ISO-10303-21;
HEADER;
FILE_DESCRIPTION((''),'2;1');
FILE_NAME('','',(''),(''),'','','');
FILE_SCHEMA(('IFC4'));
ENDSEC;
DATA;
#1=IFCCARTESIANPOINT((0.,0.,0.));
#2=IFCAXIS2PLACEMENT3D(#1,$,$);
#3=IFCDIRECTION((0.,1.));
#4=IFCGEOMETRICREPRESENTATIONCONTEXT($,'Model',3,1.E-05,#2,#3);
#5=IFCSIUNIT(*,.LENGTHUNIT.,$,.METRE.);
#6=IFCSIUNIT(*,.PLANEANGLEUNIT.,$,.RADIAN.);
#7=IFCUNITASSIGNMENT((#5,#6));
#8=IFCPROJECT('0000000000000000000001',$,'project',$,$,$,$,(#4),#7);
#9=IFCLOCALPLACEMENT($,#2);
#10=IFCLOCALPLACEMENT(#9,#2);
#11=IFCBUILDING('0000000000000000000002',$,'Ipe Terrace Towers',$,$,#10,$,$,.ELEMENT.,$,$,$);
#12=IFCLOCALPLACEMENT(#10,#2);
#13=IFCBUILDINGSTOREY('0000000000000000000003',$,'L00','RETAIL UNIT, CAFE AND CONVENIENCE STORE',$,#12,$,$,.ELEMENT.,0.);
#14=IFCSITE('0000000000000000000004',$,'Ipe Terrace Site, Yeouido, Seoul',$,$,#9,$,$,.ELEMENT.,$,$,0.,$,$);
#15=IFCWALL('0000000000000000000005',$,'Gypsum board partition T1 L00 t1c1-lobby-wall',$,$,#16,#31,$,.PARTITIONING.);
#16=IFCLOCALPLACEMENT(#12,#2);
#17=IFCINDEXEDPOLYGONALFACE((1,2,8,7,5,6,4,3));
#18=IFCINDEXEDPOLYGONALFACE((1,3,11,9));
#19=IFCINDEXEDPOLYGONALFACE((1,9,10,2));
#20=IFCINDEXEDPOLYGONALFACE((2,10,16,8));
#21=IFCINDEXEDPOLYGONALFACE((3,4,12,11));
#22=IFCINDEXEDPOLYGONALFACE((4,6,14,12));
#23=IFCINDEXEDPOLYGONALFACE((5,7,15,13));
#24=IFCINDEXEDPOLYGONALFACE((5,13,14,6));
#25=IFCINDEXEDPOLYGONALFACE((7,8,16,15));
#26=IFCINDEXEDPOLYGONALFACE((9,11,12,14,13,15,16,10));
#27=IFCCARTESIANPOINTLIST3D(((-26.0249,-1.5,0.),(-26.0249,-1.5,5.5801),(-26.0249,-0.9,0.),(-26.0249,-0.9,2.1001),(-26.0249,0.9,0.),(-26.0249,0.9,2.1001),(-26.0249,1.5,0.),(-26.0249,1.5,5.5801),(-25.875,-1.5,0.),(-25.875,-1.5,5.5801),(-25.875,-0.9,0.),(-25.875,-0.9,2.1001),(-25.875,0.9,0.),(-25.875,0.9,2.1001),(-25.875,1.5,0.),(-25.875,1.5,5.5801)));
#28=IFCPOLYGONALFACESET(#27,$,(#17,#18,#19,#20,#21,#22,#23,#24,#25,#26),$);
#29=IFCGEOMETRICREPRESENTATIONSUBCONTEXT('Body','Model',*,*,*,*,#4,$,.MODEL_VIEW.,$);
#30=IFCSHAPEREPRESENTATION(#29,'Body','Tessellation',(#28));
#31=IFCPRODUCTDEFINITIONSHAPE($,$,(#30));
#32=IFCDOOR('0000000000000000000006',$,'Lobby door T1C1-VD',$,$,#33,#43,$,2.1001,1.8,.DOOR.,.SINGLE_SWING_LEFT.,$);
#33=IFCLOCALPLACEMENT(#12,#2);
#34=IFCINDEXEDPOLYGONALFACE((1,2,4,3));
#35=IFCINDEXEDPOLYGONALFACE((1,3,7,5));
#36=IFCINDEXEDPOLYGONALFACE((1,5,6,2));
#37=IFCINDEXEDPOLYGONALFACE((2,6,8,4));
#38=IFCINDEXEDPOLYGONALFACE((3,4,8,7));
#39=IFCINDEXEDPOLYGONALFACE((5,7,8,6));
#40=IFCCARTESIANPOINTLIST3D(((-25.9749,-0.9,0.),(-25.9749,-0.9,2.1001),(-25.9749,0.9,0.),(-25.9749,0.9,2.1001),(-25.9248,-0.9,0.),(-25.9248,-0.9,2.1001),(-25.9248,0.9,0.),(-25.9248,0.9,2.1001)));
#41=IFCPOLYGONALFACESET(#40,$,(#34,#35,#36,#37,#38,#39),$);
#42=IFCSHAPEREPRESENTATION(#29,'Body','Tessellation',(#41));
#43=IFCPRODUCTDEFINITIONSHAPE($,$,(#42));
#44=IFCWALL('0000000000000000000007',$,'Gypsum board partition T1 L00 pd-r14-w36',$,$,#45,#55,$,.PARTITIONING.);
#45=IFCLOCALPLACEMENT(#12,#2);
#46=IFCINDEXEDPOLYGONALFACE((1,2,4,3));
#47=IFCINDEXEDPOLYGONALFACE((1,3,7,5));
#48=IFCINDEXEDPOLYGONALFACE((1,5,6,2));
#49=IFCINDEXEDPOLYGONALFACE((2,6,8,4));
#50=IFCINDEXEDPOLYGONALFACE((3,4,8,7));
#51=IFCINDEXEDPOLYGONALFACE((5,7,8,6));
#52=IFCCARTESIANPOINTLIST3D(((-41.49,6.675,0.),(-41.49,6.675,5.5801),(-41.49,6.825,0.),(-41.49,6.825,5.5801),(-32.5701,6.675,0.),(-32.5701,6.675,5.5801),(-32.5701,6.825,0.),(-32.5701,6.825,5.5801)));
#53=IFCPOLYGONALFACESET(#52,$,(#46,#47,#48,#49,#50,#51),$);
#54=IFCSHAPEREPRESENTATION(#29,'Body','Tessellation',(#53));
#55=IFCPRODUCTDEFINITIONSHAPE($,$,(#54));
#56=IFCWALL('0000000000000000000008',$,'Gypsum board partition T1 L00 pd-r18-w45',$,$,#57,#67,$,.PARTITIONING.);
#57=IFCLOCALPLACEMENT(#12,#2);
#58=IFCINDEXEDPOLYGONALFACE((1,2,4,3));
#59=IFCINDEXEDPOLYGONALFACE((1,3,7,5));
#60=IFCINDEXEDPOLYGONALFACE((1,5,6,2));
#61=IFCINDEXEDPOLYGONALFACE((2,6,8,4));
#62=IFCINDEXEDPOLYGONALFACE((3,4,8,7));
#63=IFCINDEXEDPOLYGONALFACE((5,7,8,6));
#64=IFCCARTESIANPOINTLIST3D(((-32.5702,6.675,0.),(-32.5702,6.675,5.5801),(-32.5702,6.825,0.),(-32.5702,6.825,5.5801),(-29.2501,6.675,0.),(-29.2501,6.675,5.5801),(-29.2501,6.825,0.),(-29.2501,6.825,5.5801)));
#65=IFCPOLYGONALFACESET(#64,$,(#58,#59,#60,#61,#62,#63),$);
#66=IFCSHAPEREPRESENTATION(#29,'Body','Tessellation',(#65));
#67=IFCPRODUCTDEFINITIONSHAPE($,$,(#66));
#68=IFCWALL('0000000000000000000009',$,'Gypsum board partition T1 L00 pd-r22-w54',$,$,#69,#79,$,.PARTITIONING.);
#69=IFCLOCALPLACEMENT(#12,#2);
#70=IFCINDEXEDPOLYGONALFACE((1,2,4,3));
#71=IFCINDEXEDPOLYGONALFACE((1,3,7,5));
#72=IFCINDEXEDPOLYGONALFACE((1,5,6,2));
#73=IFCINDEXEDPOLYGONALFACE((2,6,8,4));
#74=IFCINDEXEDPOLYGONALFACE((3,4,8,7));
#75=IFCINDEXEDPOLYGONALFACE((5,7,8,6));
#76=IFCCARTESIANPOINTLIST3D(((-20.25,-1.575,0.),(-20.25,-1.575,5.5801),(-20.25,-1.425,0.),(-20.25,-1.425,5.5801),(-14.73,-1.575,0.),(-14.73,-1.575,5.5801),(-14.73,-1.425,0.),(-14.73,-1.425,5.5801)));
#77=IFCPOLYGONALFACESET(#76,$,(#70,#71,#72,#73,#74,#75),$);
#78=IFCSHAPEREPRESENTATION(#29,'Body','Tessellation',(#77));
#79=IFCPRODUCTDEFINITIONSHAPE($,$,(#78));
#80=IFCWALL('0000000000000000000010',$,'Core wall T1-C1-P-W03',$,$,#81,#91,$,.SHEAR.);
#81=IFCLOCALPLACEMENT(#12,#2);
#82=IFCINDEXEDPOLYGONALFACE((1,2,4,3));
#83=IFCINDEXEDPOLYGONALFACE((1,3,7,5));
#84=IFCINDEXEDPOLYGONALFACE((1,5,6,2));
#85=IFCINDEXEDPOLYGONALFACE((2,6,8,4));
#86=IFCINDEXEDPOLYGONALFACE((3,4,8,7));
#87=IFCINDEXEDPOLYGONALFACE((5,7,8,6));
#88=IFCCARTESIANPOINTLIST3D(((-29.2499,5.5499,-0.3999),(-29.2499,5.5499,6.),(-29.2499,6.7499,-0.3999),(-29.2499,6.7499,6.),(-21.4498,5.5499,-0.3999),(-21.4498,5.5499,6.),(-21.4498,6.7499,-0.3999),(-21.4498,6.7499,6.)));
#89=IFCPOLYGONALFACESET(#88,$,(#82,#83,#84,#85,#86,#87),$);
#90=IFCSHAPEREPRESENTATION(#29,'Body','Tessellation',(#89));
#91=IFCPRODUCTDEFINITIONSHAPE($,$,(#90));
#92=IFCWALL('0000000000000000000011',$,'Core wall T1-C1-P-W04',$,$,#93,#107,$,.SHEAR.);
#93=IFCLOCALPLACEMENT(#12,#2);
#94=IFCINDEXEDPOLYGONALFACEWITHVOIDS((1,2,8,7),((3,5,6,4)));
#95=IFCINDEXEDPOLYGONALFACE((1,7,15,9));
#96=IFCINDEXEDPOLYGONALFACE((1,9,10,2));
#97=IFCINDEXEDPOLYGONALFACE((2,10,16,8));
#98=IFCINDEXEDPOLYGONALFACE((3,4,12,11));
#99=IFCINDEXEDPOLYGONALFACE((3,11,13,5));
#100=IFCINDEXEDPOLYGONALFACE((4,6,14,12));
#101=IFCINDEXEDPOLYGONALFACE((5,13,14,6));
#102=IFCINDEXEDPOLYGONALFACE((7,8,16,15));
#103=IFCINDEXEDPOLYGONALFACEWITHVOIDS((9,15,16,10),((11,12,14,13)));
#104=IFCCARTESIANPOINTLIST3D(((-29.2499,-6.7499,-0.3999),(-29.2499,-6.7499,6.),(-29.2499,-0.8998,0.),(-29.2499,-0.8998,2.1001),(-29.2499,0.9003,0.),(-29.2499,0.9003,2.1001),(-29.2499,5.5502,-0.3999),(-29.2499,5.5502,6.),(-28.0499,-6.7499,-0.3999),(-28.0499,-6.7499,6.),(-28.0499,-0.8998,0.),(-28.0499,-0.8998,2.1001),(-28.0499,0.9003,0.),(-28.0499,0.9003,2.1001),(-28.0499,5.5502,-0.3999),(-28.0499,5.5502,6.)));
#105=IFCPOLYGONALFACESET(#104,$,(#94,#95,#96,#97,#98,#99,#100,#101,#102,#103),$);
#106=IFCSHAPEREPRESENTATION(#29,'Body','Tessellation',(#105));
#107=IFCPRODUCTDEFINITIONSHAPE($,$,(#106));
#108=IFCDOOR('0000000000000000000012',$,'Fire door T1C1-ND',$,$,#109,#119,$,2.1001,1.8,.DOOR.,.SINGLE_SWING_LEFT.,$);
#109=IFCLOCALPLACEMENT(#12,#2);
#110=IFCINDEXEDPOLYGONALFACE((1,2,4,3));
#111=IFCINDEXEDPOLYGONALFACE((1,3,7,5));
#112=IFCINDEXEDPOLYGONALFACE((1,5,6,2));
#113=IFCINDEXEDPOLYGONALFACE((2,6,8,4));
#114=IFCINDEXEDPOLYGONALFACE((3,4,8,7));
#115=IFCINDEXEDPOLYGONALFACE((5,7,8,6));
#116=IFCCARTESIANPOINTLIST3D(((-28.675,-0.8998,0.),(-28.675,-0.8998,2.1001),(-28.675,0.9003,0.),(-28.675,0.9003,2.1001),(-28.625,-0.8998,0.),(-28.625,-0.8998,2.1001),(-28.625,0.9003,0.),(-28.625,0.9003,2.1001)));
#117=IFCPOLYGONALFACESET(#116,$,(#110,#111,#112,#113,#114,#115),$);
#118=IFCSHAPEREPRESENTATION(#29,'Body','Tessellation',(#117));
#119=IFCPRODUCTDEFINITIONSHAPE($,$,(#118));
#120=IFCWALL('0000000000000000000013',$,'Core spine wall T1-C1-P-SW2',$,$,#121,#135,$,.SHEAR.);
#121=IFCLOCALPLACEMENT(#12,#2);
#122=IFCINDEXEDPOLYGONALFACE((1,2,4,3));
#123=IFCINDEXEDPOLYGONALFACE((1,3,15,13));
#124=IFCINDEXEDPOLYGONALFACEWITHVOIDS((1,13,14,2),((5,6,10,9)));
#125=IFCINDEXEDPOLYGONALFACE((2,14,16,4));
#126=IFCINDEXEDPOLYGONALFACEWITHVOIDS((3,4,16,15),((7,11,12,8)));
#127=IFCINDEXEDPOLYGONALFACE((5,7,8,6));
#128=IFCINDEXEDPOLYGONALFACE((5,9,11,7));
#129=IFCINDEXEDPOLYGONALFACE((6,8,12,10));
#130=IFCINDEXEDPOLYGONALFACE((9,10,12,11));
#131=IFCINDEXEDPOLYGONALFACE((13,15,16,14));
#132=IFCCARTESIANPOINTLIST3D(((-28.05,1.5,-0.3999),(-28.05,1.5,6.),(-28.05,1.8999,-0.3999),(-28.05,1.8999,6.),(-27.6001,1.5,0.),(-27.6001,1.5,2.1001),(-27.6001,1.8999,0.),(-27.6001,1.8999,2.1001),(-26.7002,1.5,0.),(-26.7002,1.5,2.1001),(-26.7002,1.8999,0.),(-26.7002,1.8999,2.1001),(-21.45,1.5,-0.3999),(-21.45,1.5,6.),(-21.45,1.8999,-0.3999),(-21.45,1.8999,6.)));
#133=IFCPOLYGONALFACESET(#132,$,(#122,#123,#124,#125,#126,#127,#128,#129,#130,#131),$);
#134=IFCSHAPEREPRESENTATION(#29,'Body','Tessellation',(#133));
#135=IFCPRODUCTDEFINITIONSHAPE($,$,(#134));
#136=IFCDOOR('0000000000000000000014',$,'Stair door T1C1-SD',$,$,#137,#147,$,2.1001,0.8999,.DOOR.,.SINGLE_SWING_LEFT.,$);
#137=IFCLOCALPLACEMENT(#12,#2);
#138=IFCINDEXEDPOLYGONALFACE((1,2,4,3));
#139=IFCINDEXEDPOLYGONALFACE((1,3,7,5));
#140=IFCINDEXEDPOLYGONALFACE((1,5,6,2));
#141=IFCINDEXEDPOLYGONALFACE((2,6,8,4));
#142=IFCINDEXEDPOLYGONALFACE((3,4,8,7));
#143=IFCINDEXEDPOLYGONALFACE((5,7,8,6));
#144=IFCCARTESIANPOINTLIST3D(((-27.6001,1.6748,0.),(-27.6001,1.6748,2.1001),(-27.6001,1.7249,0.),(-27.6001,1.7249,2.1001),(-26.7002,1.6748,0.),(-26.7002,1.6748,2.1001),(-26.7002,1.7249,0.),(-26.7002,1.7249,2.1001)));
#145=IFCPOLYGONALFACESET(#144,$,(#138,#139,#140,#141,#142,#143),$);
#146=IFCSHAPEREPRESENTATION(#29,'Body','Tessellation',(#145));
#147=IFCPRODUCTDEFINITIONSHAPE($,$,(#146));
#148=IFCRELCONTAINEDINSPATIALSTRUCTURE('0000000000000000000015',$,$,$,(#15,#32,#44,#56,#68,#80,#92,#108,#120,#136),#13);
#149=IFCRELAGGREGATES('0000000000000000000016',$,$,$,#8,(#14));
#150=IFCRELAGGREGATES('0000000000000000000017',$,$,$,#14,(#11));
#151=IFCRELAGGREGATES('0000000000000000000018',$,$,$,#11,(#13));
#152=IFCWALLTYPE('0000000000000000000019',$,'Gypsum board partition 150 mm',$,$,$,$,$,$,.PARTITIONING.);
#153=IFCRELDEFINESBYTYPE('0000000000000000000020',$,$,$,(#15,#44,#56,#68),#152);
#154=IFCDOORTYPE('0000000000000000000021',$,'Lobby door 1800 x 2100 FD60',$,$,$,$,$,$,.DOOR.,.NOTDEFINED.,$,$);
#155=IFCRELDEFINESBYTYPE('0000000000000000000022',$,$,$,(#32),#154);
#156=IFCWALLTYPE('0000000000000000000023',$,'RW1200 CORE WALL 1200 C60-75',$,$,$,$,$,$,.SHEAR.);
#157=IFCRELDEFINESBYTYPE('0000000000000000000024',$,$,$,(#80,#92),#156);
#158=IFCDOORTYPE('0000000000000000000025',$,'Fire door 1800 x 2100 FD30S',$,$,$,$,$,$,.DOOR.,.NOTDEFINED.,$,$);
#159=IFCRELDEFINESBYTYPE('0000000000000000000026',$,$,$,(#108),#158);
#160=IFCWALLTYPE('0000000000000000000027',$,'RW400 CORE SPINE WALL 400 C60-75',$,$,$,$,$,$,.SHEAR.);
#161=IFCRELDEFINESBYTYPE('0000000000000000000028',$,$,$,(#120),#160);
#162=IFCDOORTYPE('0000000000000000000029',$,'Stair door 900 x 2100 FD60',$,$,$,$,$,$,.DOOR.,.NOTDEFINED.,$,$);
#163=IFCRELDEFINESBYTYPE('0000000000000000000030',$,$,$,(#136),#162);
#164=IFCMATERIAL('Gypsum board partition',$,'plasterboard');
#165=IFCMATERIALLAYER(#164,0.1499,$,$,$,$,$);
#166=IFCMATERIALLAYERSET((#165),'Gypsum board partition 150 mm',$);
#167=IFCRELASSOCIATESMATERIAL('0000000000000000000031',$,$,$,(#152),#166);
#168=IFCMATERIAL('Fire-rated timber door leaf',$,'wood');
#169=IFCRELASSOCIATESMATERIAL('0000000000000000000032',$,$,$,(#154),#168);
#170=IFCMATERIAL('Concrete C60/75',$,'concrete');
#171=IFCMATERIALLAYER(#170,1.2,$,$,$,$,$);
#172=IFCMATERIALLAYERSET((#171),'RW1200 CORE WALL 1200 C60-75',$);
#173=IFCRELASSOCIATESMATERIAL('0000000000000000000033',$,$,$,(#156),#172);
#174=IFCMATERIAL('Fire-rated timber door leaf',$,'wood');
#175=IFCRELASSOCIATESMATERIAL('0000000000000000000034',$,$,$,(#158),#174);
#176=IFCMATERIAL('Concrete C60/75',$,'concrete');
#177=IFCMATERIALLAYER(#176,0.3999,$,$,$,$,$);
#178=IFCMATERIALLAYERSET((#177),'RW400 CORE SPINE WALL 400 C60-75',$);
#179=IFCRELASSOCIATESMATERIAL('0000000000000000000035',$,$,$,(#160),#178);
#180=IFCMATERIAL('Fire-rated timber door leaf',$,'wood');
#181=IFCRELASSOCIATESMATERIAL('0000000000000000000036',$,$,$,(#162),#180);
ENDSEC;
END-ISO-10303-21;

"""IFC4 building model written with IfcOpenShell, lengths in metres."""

from ifc_helpers import new_model, si_unit, direction, frame, frame_2d, origin, place, context, subcontext, project, spatial, rectangle, extrude, material, layer, layer_set, type_object, element, fill, save


model = new_model("IFC4")

# Units and contexts
model_context = context("Model", 3, precision=1e-05, world=origin(), true_north=direction((0.0, 1.0)))
body_context = subcontext(model_context, "Body", "Model", "MODEL_VIEW")
ifc_project = project(units=[si_unit("LENGTHUNIT", "METRE"), si_unit("PLANEANGLEUNIT", "RADIAN")], contexts=[model_context])

# Site, building, storey
site_placement = place(None, origin())
site = spatial("IfcSite", under=ifc_project, at=site_placement, Name="Ipe Terrace Site, Yeouido, Seoul", CompositionType="ELEMENT", RefElevation=0.0)
building_placement = place(site_placement, origin())
building = spatial("IfcBuilding", under=site, at=building_placement, Name="Ipe Terrace Towers", CompositionType="ELEMENT")
storey_placement = place(building_placement, origin())
storey = spatial("IfcBuildingStorey", under=building, at=storey_placement, Name="L00", Description="RETAIL UNIT, CAFE AND CONVENIENCE STORE", CompositionType="ELEMENT", Elevation=0.0)

# Wall, opening, door
ifc_material_1 = material(Name="Gypsum board partition", Category="plasterboard")
ifc_layer_1 = layer(ifc_material_1, 0.1499)
ifc_layer_set_1 = layer_set([ifc_layer_1], Name="Gypsum board partition 150 mm")
wall_type_1 = type_object("IfcWallType", Name="Gypsum board partition 150 mm", PredefinedType="PARTITIONING", material=ifc_layer_set_1)
wall_1_placement = place(storey_placement, frame((-25.95, -1.5, 0.0), z_axis=(0.0, 0.0, 1.0), x_axis=(0.0, 1.0, 0.0)))
wall_1 = element("IfcWall", 1, at=wall_1_placement, inside=storey, type_object=wall_type_1, Name="Gypsum board partition T1 L00 t1c1-lobby-wall", PredefinedType="PARTITIONING", context=body_context, shape_type="SweptSolid", body=[
    extrude(rectangle(XDim=3.0, YDim=0.1499, at=frame_2d((1.5, 0.0))), origin(), (0.0, 0.0, 1.0), 5.5801),
])
opening_1_placement = place(wall_1_placement, frame((0.6001, 0.0, 0.0)))
opening_1 = element("IfcOpeningElement", 2, at=opening_1_placement, cuts=wall_1, PredefinedType="OPENING", context=body_context, shape_type="SweptSolid", body=[
    extrude(rectangle(XDim=1.8, YDim=2.1001, at=frame_2d((0.8999, 1.05))), frame((0.0, 0.085, 0.0), z_axis=(0.0, -1.0, 0.0), x_axis=(1.0, 0.0, 0.0)), (0.0, 0.0, 1.0), 0.1699),
])
ifc_material_2 = material(Name="Fire-rated timber door leaf", Category="wood")
door_type_1 = type_object("IfcDoorType", Name="Lobby door 1800 x 2100 FD60", OperationType="NOTDEFINED", PredefinedType="DOOR", material=ifc_material_2)
door_1_placement = place(opening_1_placement, origin())
door_1 = element("IfcDoor", 3, at=door_1_placement, inside=storey, type_object=door_type_1, Name="Lobby door T1C1-VD", OperationType="SINGLE_SWING_LEFT", OverallHeight=2.1001, OverallWidth=1.8, PredefinedType="DOOR", context=body_context, shape_type="SweptSolid", body=[
    extrude(rectangle(XDim=1.8, YDim=2.1001, at=frame_2d((0.8999, 1.05))), frame((0.0, 0.0249, 0.0), z_axis=(0.0, -1.0, 0.0), x_axis=(1.0, 0.0, 0.0)), (0.0, 0.0, 1.0), 0.05),
])
fill(opening_1, door_1)

# Walls
wall_2_placement = place(storey_placement, frame((-32.5701, 6.75, 0.0), z_axis=(0.0, 0.0, 1.0), x_axis=(-1.0, 0.0, 0.0)))
element("IfcWall", 4, at=wall_2_placement, inside=storey, type_object=wall_type_1, Name="Gypsum board partition T1 L00 pd-r14-w36", PredefinedType="PARTITIONING", context=body_context, shape_type="SweptSolid", body=[
    extrude(rectangle(XDim=8.9199, YDim=0.1499, at=frame_2d((4.46, 0.0))), origin(), (0.0, 0.0, 1.0), 5.5801),
])
wall_3_placement = place(storey_placement, frame((-29.25, 6.75, 0.0), z_axis=(0.0, 0.0, 1.0), x_axis=(-1.0, 0.0, 0.0)))
element("IfcWall", 5, at=wall_3_placement, inside=storey, type_object=wall_type_1, Name="Gypsum board partition T1 L00 pd-r18-w45", PredefinedType="PARTITIONING", context=body_context, shape_type="SweptSolid", body=[
    extrude(rectangle(XDim=3.3201, YDim=0.1499, at=frame_2d((1.6602, 0.0))), origin(), (0.0, 0.0, 1.0), 5.5801),
])
wall_4_placement = place(storey_placement, frame((-20.25, -1.5, 0.0), z_axis=(0.0, 0.0, 1.0), x_axis=(1.0, 0.0, 0.0)))
element("IfcWall", 6, at=wall_4_placement, inside=storey, type_object=wall_type_1, Name="Gypsum board partition T1 L00 pd-r22-w54", PredefinedType="PARTITIONING", context=body_context, shape_type="SweptSolid", body=[
    extrude(rectangle(XDim=5.52, YDim=0.1499, at=frame_2d((2.76, 0.0))), origin(), (0.0, 0.0, 1.0), 5.5801),
])
ifc_material_3 = material(Name="Concrete C60/75", Category="concrete")
ifc_layer_2 = layer(ifc_material_3, 1.2)
ifc_layer_set_2 = layer_set([ifc_layer_2], Name="RW1200 CORE WALL 1200 C60-75")
wall_type_2 = type_object("IfcWallType", Name="RW1200 CORE WALL 1200 C60-75", PredefinedType="SHEAR", material=ifc_layer_set_2)
wall_5_placement = place(storey_placement, frame((-21.45, 6.1499, -0.3999), z_axis=(0.0, 0.0, 1.0), x_axis=(-1.0, 0.0, 0.0)))
element("IfcWall", 7, at=wall_5_placement, inside=storey, type_object=wall_type_2, Name="Core wall T1-C1-P-W03", PredefinedType="SHEAR", context=body_context, shape_type="SweptSolid", body=[
    extrude(rectangle(XDim=7.8, YDim=1.2, at=frame_2d((3.8999, 0.0))), origin(), (0.0, 0.0, 1.0), 6.3999),
])

# Walls, openings, doors
wall_6_placement = place(storey_placement, frame((-28.6499, 5.55, -0.3999), z_axis=(0.0, 0.0, 1.0), x_axis=(0.0, -1.0, 0.0)))
wall_6 = element("IfcWall", 8, at=wall_6_placement, inside=storey, type_object=wall_type_2, Name="Core wall T1-C1-P-W04", PredefinedType="SHEAR", context=body_context, shape_type="SweptSolid", body=[
    extrude(rectangle(XDim=12.3, YDim=1.2, at=frame_2d((6.1499, 0.0))), origin(), (0.0, 0.0, 1.0), 6.3999),
])
opening_2_placement = place(wall_6_placement, frame((4.6499, 0.0, 0.3999)))
opening_2 = element("IfcOpeningElement", 9, at=opening_2_placement, cuts=wall_6, PredefinedType="OPENING", context=body_context, shape_type="SweptSolid", body=[
    extrude(rectangle(XDim=1.8, YDim=2.1001, at=frame_2d((0.8999, 1.05))), frame((0.0, 0.6099, 0.0), z_axis=(0.0, -1.0, 0.0), x_axis=(1.0, 0.0, 0.0)), (0.0, 0.0, 1.0), 1.22),
])
ifc_material_4 = material(Name="Fire-rated timber door leaf", Category="wood")
door_type_2 = type_object("IfcDoorType", Name="Fire door 1800 x 2100 FD30S", OperationType="NOTDEFINED", PredefinedType="DOOR", material=ifc_material_4)
door_2_placement = place(opening_2_placement, origin())
door_2 = element("IfcDoor", 10, at=door_2_placement, inside=storey, type_object=door_type_2, Name="Fire door T1C1-ND", OperationType="SINGLE_SWING_LEFT", OverallHeight=2.1001, OverallWidth=1.8, PredefinedType="DOOR", context=body_context, shape_type="SweptSolid", body=[
    extrude(rectangle(XDim=1.8, YDim=2.1001, at=frame_2d((0.8999, 1.05))), frame((0.0, 0.0249, 0.0), z_axis=(0.0, -1.0, 0.0), x_axis=(1.0, 0.0, 0.0)), (0.0, 0.0, 1.0), 0.05),
])
fill(opening_2, door_2)
ifc_material_5 = material(Name="Concrete C60/75", Category="concrete")
ifc_layer_3 = layer(ifc_material_5, 0.3999)
ifc_layer_set_3 = layer_set([ifc_layer_3], Name="RW400 CORE SPINE WALL 400 C60-75")
wall_type_3 = type_object("IfcWallType", Name="RW400 CORE SPINE WALL 400 C60-75", PredefinedType="SHEAR", material=ifc_layer_set_3)
wall_7_placement = place(storey_placement, frame((-28.05, 1.7, -0.3999), z_axis=(0.0, 0.0, 1.0), x_axis=(1.0, 0.0, 0.0)))
wall_7 = element("IfcWall", 11, at=wall_7_placement, inside=storey, type_object=wall_type_3, Name="Core spine wall T1-C1-P-SW2", PredefinedType="SHEAR", context=body_context, shape_type="SweptSolid", body=[
    extrude(rectangle(XDim=6.6001, YDim=0.3999, at=frame_2d((3.3, 0.0))), origin(), (0.0, 0.0, 1.0), 6.3999),
])
opening_3_placement = place(wall_7_placement, frame((0.45, 0.0, 0.3999)))
opening_3 = element("IfcOpeningElement", 12, at=opening_3_placement, cuts=wall_7, PredefinedType="OPENING", context=body_context, shape_type="SweptSolid", body=[
    extrude(rectangle(XDim=0.8999, YDim=2.1001, at=frame_2d((0.45, 1.05))), frame((0.0, 0.21, 0.0), z_axis=(0.0, -1.0, 0.0), x_axis=(1.0, 0.0, 0.0)), (0.0, 0.0, 1.0), 0.4199),
])
ifc_material_6 = material(Name="Fire-rated timber door leaf", Category="wood")
door_type_3 = type_object("IfcDoorType", Name="Stair door 900 x 2100 FD60", OperationType="NOTDEFINED", PredefinedType="DOOR", material=ifc_material_6)
door_3_placement = place(opening_3_placement, origin())
door_3 = element("IfcDoor", 13, at=door_3_placement, inside=storey, type_object=door_type_3, Name="Stair door T1C1-SD", OperationType="SINGLE_SWING_LEFT", OverallHeight=2.1001, OverallWidth=0.8999, PredefinedType="DOOR", context=body_context, shape_type="SweptSolid", body=[
    extrude(rectangle(XDim=0.8999, YDim=2.1001, at=frame_2d((0.45, 1.05))), frame((0.0, 0.0249, 0.0), z_axis=(0.0, -1.0, 0.0), x_axis=(1.0, 0.0, 0.0)), (0.0, 0.0, 1.0), 0.05),
])
fill(opening_3, door_3)

save(model, "model.ifc")
